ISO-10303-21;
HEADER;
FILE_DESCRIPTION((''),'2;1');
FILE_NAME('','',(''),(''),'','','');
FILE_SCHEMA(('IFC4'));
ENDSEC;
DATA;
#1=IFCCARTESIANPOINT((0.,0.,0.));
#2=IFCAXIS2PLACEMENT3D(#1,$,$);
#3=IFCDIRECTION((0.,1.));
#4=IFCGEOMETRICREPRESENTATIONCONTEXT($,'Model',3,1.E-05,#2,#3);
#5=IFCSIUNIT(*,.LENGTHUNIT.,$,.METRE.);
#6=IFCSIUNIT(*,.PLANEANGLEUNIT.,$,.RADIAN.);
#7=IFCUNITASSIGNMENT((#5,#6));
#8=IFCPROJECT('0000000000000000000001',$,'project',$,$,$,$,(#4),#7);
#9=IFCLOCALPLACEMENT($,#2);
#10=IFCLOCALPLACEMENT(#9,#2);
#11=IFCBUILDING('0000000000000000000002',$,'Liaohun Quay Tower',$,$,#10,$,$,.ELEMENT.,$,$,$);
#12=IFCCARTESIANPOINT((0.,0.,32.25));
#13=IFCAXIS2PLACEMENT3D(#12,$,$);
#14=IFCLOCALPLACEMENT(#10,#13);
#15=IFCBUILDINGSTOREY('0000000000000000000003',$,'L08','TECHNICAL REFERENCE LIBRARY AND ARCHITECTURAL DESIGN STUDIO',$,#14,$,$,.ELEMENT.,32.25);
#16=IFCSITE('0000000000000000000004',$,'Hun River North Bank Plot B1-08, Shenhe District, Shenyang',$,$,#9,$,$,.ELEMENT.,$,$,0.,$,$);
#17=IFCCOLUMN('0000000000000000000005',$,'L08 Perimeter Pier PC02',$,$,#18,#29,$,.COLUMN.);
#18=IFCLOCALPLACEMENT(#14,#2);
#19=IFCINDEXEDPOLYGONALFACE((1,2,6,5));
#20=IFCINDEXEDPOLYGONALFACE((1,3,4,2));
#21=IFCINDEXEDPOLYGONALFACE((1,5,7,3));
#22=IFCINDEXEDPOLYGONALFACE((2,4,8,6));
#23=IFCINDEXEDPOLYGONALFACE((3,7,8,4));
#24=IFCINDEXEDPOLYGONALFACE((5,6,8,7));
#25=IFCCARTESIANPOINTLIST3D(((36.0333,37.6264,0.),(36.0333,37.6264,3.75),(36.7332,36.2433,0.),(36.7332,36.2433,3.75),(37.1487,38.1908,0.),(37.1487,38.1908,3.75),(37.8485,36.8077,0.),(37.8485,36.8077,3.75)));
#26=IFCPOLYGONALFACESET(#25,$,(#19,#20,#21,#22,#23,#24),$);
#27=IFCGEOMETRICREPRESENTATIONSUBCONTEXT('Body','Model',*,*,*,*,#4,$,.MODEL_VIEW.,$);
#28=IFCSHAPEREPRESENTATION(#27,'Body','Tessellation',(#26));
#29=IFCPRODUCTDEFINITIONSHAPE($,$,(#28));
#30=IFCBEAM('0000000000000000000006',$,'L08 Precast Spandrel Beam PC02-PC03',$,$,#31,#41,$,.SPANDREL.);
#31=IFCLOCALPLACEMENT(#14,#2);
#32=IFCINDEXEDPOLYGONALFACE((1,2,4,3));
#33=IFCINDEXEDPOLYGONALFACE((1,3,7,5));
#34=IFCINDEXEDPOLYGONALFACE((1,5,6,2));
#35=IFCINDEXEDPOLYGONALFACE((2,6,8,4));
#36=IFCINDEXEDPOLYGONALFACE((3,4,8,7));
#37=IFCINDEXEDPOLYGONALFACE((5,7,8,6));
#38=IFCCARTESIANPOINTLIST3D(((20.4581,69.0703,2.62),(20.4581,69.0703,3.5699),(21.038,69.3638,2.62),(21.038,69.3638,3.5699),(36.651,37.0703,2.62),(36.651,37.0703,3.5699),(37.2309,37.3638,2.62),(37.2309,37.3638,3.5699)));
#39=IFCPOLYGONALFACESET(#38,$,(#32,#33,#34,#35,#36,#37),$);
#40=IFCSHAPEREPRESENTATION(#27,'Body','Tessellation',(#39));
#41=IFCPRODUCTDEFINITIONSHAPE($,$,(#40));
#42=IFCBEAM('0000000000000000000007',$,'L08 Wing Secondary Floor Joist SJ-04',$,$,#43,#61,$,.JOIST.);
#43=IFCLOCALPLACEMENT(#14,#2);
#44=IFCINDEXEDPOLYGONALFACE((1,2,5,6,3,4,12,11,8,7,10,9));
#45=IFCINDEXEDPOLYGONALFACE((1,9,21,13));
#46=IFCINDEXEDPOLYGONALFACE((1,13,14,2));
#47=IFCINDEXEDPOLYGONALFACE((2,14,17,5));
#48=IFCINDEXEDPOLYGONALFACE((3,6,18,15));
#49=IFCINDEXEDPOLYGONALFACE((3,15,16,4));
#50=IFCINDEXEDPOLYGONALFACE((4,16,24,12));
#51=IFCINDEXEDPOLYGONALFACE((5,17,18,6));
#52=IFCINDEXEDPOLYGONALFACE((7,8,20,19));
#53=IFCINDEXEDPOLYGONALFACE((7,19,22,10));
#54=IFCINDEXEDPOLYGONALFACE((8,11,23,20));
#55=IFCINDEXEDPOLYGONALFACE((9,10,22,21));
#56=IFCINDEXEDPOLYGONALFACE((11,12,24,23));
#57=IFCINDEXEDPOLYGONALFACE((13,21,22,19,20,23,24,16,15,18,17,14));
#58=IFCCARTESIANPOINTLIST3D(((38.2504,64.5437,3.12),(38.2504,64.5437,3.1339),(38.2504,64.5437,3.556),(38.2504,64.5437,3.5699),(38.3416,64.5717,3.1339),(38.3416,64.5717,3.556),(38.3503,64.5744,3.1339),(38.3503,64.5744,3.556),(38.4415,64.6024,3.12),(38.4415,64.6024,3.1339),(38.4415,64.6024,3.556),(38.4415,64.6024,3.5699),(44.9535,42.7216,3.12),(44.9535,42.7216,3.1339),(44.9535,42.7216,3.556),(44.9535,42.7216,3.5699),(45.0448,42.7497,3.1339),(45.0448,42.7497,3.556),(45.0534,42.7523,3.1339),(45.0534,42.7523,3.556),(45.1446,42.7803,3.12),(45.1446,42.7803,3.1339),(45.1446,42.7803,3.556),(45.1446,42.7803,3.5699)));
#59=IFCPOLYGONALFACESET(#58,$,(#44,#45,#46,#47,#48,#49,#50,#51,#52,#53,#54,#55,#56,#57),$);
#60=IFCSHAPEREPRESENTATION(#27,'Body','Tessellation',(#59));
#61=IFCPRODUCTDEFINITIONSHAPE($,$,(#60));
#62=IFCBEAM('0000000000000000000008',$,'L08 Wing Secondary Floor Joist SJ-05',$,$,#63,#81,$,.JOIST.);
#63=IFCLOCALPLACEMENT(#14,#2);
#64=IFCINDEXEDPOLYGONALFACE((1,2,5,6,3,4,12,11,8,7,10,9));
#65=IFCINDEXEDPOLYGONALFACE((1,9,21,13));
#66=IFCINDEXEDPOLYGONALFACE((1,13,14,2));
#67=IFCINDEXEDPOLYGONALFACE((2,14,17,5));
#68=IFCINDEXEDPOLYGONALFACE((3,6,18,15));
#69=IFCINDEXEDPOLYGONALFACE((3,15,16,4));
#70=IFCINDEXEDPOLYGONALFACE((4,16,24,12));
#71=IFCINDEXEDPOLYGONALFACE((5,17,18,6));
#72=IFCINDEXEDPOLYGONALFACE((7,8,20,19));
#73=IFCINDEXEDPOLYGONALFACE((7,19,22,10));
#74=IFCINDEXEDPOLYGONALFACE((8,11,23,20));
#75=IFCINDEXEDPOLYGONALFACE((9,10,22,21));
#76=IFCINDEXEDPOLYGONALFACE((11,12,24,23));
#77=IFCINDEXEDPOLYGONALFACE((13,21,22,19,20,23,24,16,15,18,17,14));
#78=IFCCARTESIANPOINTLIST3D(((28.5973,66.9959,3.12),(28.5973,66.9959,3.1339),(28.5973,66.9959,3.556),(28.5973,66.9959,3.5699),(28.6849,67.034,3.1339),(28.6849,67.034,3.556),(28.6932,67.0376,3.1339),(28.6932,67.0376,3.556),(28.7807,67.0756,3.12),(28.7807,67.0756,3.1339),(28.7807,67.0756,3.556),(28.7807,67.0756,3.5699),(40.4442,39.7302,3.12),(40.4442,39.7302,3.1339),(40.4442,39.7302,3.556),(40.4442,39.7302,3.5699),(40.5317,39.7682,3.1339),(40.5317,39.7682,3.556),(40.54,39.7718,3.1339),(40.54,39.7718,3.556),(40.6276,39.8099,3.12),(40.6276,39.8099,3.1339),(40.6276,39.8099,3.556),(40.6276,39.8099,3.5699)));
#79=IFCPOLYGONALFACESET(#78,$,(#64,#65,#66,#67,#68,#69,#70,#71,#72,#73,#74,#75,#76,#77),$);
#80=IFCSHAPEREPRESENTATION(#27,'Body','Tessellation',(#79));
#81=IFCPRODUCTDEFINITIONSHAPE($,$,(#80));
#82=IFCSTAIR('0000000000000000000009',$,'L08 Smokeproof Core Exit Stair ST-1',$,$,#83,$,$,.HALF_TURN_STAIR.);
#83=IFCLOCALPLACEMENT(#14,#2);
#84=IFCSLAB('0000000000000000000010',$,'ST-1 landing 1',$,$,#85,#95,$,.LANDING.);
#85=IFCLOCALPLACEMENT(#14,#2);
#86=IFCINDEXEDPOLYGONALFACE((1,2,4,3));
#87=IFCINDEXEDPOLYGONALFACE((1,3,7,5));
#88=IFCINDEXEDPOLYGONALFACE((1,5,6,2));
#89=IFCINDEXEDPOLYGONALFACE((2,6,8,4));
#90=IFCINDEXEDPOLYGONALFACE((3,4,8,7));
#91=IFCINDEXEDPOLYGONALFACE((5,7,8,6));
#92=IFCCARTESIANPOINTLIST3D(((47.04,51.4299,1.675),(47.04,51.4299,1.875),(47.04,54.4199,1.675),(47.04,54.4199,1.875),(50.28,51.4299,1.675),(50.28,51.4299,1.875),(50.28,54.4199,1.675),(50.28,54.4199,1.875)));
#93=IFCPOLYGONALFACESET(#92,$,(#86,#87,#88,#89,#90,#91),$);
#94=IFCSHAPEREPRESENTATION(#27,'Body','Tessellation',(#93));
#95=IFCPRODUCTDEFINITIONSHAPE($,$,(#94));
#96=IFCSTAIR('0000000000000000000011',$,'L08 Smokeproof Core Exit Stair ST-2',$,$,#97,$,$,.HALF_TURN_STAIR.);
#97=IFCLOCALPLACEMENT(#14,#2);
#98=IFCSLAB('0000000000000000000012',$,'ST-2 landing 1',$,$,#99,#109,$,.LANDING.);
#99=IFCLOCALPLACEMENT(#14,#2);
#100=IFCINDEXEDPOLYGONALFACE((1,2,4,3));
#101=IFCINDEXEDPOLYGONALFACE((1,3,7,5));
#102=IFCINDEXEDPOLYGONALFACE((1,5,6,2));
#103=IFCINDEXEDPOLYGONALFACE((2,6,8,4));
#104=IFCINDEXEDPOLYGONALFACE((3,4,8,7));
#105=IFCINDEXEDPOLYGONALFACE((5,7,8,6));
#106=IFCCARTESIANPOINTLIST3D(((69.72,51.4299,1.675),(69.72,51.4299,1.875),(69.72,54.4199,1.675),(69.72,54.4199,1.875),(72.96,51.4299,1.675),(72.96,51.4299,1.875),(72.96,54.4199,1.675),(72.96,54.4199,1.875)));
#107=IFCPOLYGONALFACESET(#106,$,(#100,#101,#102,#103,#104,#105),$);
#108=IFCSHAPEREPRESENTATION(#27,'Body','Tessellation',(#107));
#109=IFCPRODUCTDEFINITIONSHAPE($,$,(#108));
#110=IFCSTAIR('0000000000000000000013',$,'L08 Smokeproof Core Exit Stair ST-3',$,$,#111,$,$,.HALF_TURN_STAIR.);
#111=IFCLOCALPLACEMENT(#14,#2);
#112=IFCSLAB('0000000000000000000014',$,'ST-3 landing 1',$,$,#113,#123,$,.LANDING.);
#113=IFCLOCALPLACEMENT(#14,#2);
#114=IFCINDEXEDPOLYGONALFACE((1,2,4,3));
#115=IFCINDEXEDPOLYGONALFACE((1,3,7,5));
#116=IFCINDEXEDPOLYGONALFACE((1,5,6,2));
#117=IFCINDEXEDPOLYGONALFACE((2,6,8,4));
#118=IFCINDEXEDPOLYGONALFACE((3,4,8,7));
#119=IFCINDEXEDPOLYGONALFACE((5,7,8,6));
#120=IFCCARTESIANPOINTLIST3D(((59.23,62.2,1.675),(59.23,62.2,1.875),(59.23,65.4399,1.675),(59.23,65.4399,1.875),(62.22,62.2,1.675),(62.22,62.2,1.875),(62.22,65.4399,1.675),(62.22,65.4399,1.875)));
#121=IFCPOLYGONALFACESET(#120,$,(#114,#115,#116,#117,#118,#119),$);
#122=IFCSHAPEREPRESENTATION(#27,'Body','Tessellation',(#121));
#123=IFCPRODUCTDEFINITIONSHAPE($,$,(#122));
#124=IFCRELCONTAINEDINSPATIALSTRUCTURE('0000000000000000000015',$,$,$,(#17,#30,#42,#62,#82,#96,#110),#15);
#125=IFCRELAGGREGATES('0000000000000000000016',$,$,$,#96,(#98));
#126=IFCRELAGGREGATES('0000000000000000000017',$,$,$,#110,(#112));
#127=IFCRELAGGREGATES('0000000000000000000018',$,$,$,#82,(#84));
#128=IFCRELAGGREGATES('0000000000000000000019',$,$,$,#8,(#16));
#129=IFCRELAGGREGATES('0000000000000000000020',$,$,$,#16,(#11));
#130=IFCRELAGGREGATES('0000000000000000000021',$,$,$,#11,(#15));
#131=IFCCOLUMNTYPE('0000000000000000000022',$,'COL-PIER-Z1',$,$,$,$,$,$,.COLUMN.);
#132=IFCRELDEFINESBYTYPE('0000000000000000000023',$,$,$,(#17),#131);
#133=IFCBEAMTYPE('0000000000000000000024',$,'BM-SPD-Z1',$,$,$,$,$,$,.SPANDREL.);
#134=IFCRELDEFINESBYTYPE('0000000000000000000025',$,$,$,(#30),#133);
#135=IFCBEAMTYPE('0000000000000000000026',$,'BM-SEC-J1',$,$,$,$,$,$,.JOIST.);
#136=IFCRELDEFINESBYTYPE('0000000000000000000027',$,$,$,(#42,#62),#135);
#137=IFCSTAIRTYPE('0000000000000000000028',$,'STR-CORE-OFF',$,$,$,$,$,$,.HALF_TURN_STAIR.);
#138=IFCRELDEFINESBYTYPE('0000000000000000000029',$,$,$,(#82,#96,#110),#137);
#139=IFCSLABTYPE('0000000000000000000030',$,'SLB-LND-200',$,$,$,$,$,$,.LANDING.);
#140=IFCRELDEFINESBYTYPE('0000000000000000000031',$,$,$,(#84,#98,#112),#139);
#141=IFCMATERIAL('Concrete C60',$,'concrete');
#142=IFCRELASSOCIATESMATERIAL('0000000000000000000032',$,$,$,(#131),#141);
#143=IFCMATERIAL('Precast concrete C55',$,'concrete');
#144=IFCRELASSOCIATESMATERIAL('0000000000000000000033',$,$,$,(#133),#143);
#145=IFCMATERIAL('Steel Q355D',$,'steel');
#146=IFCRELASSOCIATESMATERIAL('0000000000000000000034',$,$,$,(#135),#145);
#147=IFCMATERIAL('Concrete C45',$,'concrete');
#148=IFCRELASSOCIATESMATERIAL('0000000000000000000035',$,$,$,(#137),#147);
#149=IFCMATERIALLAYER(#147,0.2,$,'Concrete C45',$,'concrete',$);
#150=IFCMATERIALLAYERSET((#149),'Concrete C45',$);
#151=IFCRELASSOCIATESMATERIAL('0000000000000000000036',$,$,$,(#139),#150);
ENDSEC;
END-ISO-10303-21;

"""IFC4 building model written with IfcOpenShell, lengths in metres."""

from ifc_helpers import new_model, si_unit, direction, frame, origin, origin_2d, place, context, subcontext, project, spatial, polyline, rectangle, i_section, outline, extrude, source, transform, mapped, material, layer, layer_set, material_profile, profile_set, type_object, element, aggregate, save


model = new_model("IFC4")

# Units and contexts
model_context = context("Model", 3, precision=1e-05, world=origin(), true_north=direction((0.0, 1.0)))
body_context = subcontext(model_context, "Body", "Model", "MODEL_VIEW")
ifc_project = project(units=[si_unit("LENGTHUNIT", "METRE"), si_unit("PLANEANGLEUNIT", "RADIAN")], contexts=[model_context])

# Site, building, storey
site_placement = place(None, origin())
site = spatial("IfcSite", under=ifc_project, at=site_placement, Name="Hun River North Bank Plot B1-08, Shenhe District, Shenyang", CompositionType="ELEMENT", RefElevation=0.0)
building_placement = place(site_placement, origin())
building = spatial("IfcBuilding", under=site, at=building_placement, Name="Liaohun Quay Tower", CompositionType="ELEMENT")
storey_placement = place(building_placement, frame((0.0, 0.0, 32.25)))
storey = spatial("IfcBuildingStorey", under=building, at=storey_placement, Name="L08", Description="TECHNICAL REFERENCE LIBRARY AND ARCHITECTURAL DESIGN STUDIO", CompositionType="ELEMENT", Elevation=32.25)

# Column
ifc_material_1 = material(Name="Concrete C60", Category="concrete")
ifc_material_profile_1 = material_profile(ifc_material_1, rectangle(XDim=1.55, YDim=1.25, at=origin_2d()), Name="RC1550x1250")
ifc_profile_set_1 = profile_set([ifc_material_profile_1], Name="Concrete C60")
column_type = type_object("IfcColumnType", Name="COL-PIER-Z1", PredefinedType="COLUMN", material=ifc_profile_set_1)
shared_shape_1 = source(origin(), body_context, "Body", "SweptSolid", [
    extrude(rectangle(XDim=1.55, YDim=1.25, at=origin_2d()), origin(), (0.0, 0.0, 1.0), 3.75),
])
column_placement = place(storey_placement, frame((36.9409, 37.217, 0.0), z_axis=(0.0, 0.0, 1.0), x_axis=(-0.451501, 0.892271, 0.0)))
element("IfcColumn", 1, at=column_placement, inside=storey, type_object=column_type, Name="L08 Perimeter Pier PC02", PredefinedType="COLUMN", context=body_context, shape_type="MappedRepresentation", body=[
    mapped(shared_shape_1, transform((0.0, 0.0, 0.0), x_axis=(1.0, 0.0, 0.0), y_axis=(0.0, 1.0, 0.0), z_axis=(0.0, 0.0, 1.0), scale=1.0)),
])

# Beams
ifc_material_2 = material(Name="Precast concrete C55", Category="concrete")
ifc_material_profile_2 = material_profile(ifc_material_2, rectangle(XDim=0.6499, YDim=0.95, at=origin_2d()), Name="RC650x950")
ifc_profile_set_2 = profile_set([ifc_material_profile_2], Name="Precast concrete C55")
beam_type_1 = type_object("IfcBeamType", Name="BM-SPD-Z1", PredefinedType="SPANDREL", material=ifc_profile_set_2)
shared_shape_2 = source(origin(), body_context, "Body", "SweptSolid", [
    extrude(rectangle(XDim=0.6499, YDim=0.95, at=origin_2d()), origin(), (0.0, 0.0, 1.0), 35.8638),
])
beam_1_placement = place(storey_placement, frame((36.9409, 37.217, 3.095), z_axis=(-0.451511, 0.892266, 0.0), x_axis=(-0.892266, -0.451511, 0.0)))
element("IfcBeam", 2, at=beam_1_placement, inside=storey, type_object=beam_type_1, Name="L08 Precast Spandrel Beam PC02-PC03", PredefinedType="SPANDREL", context=body_context, shape_type="MappedRepresentation", body=[
    mapped(shared_shape_2, transform((0.0, 0.0, 0.0), x_axis=(1.0, 0.0, 0.0), y_axis=(0.0, 1.0, 0.0), z_axis=(0.0, 0.0, 1.0), scale=1.0)),
])
ifc_material_3 = material(Name="Steel Q355D", Category="steel")
ifc_material_profile_3 = material_profile(ifc_material_3, i_section(OverallWidth=0.2, OverallDepth=0.45, WebThickness=0.009, FlangeThickness=0.0139, at=origin_2d()), Name="HN450x200x9x14")
ifc_profile_set_3 = profile_set([ifc_material_profile_3], Name="Steel Q355D")
beam_type_2 = type_object("IfcBeamType", Name="BM-SEC-J1", PredefinedType="JOIST", material=ifc_profile_set_3)
shared_shape_3 = source(origin(), body_context, "Body", "SweptSolid", [
    extrude(i_section(OverallWidth=0.2, OverallDepth=0.45, WebThickness=0.009, FlangeThickness=0.0139, at=origin_2d()), origin(), (0.0, 0.0, 1.0), 22.8284),
])
beam_2_placement = place(storey_placement, frame((45.0491, 42.751, 3.345), z_axis=(-0.293632, 0.955919, 0.0), x_axis=(-0.955919, -0.293632, 0.0)))
element("IfcBeam", 3, at=beam_2_placement, inside=storey, type_object=beam_type_2, Name="L08 Wing Secondary Floor Joist SJ-04", PredefinedType="JOIST", context=body_context, shape_type="MappedRepresentation", body=[
    mapped(shared_shape_3, transform((0.0, 0.0, 0.0), x_axis=(1.0, 0.0, 0.0), y_axis=(0.0, 1.0, 0.0), z_axis=(0.0, 0.0, 1.0), scale=1.0)),
])
shared_shape_4 = source(origin(), body_context, "Body", "SweptSolid", [
    extrude(i_section(OverallWidth=0.2, OverallDepth=0.45, WebThickness=0.009, FlangeThickness=0.0139, at=origin_2d()), origin(), (0.0, 0.0, 1.0), 29.7283),
])
beam_3_placement = place(storey_placement, frame((40.5359, 39.77, 3.345), z_axis=(-0.398505, 0.917166, 0.0), x_axis=(-0.917166, -0.398505, 0.0)))
element("IfcBeam", 4, at=beam_3_placement, inside=storey, type_object=beam_type_2, Name="L08 Wing Secondary Floor Joist SJ-05", PredefinedType="JOIST", context=body_context, shape_type="MappedRepresentation", body=[
    mapped(shared_shape_4, transform((0.0, 0.0, 0.0), x_axis=(1.0, 0.0, 0.0), y_axis=(0.0, 1.0, 0.0), z_axis=(0.0, 0.0, 1.0), scale=1.0)),
])

# Stairs, slabs
ifc_material_4 = material(Name="Concrete C45", Category="concrete")
stair_type = type_object("IfcStairType", Name="STR-CORE-OFF", PredefinedType="HALF_TURN_STAIR", material=ifc_material_4)
stair_1_placement = place(storey_placement, origin())
stair_1 = element("IfcStair", 5, at=stair_1_placement, inside=storey, type_object=stair_type, Name="L08 Smokeproof Core Exit Stair ST-1", PredefinedType="HALF_TURN_STAIR")
ifc_layer_1 = layer(ifc_material_4, 0.2, Name="Concrete C45", Category="concrete")
ifc_layer_set_1 = layer_set([ifc_layer_1], Name="Concrete C45")
slab_type_1 = type_object("IfcSlabType", Name="SLB-LND-200", PredefinedType="LANDING", material=ifc_layer_set_1)
slab_1_placement = place(storey_placement, frame((0.0, 0.0, 1.675)))
slab_1 = element("IfcSlab", 6, at=slab_1_placement, type_object=slab_type_1, Name="ST-1 landing 1", PredefinedType="LANDING", context=body_context, shape_type="SweptSolid", body=[
    extrude(outline(polyline([(50.28, 51.4299), (50.28, 54.4199), (47.04, 54.4199), (47.04, 51.4299), (50.28, 51.4299)])), origin(), (0.0, 0.0, 1.0), 0.2),
])
stair_2_placement = place(storey_placement, origin())
stair_2 = element("IfcStair", 7, at=stair_2_placement, inside=storey, type_object=stair_type, Name="L08 Smokeproof Core Exit Stair ST-2", PredefinedType="HALF_TURN_STAIR")
slab_2_placement = place(storey_placement, frame((0.0, 0.0, 1.675)))
slab_2 = element("IfcSlab", 8, at=slab_2_placement, type_object=slab_type_1, Name="ST-2 landing 1", PredefinedType="LANDING", context=body_context, shape_type="SweptSolid", body=[
    extrude(outline(polyline([(72.96, 51.4299), (72.96, 54.4199), (69.72, 54.4199), (69.72, 51.4299), (72.96, 51.4299)])), origin(), (0.0, 0.0, 1.0), 0.2),
])
aggregate(stair_2, [slab_2])
stair_3_placement = place(storey_placement, origin())
stair_3 = element("IfcStair", 9, at=stair_3_placement, inside=storey, type_object=stair_type, Name="L08 Smokeproof Core Exit Stair ST-3", PredefinedType="HALF_TURN_STAIR")
slab_3_placement = place(storey_placement, frame((0.0, 0.0, 1.675)))
slab_3 = element("IfcSlab", 10, at=slab_3_placement, type_object=slab_type_1, Name="ST-3 landing 1", PredefinedType="LANDING", context=body_context, shape_type="SweptSolid", body=[
    extrude(outline(polyline([(59.23, 62.2), (62.22, 62.2), (62.22, 65.4399), (59.23, 65.4399), (59.23, 62.2)])), origin(), (0.0, 0.0, 1.0), 0.2),
])
aggregate(stair_3, [slab_3])

aggregate(stair_1, [slab_1])

save(model, "model.ifc")
